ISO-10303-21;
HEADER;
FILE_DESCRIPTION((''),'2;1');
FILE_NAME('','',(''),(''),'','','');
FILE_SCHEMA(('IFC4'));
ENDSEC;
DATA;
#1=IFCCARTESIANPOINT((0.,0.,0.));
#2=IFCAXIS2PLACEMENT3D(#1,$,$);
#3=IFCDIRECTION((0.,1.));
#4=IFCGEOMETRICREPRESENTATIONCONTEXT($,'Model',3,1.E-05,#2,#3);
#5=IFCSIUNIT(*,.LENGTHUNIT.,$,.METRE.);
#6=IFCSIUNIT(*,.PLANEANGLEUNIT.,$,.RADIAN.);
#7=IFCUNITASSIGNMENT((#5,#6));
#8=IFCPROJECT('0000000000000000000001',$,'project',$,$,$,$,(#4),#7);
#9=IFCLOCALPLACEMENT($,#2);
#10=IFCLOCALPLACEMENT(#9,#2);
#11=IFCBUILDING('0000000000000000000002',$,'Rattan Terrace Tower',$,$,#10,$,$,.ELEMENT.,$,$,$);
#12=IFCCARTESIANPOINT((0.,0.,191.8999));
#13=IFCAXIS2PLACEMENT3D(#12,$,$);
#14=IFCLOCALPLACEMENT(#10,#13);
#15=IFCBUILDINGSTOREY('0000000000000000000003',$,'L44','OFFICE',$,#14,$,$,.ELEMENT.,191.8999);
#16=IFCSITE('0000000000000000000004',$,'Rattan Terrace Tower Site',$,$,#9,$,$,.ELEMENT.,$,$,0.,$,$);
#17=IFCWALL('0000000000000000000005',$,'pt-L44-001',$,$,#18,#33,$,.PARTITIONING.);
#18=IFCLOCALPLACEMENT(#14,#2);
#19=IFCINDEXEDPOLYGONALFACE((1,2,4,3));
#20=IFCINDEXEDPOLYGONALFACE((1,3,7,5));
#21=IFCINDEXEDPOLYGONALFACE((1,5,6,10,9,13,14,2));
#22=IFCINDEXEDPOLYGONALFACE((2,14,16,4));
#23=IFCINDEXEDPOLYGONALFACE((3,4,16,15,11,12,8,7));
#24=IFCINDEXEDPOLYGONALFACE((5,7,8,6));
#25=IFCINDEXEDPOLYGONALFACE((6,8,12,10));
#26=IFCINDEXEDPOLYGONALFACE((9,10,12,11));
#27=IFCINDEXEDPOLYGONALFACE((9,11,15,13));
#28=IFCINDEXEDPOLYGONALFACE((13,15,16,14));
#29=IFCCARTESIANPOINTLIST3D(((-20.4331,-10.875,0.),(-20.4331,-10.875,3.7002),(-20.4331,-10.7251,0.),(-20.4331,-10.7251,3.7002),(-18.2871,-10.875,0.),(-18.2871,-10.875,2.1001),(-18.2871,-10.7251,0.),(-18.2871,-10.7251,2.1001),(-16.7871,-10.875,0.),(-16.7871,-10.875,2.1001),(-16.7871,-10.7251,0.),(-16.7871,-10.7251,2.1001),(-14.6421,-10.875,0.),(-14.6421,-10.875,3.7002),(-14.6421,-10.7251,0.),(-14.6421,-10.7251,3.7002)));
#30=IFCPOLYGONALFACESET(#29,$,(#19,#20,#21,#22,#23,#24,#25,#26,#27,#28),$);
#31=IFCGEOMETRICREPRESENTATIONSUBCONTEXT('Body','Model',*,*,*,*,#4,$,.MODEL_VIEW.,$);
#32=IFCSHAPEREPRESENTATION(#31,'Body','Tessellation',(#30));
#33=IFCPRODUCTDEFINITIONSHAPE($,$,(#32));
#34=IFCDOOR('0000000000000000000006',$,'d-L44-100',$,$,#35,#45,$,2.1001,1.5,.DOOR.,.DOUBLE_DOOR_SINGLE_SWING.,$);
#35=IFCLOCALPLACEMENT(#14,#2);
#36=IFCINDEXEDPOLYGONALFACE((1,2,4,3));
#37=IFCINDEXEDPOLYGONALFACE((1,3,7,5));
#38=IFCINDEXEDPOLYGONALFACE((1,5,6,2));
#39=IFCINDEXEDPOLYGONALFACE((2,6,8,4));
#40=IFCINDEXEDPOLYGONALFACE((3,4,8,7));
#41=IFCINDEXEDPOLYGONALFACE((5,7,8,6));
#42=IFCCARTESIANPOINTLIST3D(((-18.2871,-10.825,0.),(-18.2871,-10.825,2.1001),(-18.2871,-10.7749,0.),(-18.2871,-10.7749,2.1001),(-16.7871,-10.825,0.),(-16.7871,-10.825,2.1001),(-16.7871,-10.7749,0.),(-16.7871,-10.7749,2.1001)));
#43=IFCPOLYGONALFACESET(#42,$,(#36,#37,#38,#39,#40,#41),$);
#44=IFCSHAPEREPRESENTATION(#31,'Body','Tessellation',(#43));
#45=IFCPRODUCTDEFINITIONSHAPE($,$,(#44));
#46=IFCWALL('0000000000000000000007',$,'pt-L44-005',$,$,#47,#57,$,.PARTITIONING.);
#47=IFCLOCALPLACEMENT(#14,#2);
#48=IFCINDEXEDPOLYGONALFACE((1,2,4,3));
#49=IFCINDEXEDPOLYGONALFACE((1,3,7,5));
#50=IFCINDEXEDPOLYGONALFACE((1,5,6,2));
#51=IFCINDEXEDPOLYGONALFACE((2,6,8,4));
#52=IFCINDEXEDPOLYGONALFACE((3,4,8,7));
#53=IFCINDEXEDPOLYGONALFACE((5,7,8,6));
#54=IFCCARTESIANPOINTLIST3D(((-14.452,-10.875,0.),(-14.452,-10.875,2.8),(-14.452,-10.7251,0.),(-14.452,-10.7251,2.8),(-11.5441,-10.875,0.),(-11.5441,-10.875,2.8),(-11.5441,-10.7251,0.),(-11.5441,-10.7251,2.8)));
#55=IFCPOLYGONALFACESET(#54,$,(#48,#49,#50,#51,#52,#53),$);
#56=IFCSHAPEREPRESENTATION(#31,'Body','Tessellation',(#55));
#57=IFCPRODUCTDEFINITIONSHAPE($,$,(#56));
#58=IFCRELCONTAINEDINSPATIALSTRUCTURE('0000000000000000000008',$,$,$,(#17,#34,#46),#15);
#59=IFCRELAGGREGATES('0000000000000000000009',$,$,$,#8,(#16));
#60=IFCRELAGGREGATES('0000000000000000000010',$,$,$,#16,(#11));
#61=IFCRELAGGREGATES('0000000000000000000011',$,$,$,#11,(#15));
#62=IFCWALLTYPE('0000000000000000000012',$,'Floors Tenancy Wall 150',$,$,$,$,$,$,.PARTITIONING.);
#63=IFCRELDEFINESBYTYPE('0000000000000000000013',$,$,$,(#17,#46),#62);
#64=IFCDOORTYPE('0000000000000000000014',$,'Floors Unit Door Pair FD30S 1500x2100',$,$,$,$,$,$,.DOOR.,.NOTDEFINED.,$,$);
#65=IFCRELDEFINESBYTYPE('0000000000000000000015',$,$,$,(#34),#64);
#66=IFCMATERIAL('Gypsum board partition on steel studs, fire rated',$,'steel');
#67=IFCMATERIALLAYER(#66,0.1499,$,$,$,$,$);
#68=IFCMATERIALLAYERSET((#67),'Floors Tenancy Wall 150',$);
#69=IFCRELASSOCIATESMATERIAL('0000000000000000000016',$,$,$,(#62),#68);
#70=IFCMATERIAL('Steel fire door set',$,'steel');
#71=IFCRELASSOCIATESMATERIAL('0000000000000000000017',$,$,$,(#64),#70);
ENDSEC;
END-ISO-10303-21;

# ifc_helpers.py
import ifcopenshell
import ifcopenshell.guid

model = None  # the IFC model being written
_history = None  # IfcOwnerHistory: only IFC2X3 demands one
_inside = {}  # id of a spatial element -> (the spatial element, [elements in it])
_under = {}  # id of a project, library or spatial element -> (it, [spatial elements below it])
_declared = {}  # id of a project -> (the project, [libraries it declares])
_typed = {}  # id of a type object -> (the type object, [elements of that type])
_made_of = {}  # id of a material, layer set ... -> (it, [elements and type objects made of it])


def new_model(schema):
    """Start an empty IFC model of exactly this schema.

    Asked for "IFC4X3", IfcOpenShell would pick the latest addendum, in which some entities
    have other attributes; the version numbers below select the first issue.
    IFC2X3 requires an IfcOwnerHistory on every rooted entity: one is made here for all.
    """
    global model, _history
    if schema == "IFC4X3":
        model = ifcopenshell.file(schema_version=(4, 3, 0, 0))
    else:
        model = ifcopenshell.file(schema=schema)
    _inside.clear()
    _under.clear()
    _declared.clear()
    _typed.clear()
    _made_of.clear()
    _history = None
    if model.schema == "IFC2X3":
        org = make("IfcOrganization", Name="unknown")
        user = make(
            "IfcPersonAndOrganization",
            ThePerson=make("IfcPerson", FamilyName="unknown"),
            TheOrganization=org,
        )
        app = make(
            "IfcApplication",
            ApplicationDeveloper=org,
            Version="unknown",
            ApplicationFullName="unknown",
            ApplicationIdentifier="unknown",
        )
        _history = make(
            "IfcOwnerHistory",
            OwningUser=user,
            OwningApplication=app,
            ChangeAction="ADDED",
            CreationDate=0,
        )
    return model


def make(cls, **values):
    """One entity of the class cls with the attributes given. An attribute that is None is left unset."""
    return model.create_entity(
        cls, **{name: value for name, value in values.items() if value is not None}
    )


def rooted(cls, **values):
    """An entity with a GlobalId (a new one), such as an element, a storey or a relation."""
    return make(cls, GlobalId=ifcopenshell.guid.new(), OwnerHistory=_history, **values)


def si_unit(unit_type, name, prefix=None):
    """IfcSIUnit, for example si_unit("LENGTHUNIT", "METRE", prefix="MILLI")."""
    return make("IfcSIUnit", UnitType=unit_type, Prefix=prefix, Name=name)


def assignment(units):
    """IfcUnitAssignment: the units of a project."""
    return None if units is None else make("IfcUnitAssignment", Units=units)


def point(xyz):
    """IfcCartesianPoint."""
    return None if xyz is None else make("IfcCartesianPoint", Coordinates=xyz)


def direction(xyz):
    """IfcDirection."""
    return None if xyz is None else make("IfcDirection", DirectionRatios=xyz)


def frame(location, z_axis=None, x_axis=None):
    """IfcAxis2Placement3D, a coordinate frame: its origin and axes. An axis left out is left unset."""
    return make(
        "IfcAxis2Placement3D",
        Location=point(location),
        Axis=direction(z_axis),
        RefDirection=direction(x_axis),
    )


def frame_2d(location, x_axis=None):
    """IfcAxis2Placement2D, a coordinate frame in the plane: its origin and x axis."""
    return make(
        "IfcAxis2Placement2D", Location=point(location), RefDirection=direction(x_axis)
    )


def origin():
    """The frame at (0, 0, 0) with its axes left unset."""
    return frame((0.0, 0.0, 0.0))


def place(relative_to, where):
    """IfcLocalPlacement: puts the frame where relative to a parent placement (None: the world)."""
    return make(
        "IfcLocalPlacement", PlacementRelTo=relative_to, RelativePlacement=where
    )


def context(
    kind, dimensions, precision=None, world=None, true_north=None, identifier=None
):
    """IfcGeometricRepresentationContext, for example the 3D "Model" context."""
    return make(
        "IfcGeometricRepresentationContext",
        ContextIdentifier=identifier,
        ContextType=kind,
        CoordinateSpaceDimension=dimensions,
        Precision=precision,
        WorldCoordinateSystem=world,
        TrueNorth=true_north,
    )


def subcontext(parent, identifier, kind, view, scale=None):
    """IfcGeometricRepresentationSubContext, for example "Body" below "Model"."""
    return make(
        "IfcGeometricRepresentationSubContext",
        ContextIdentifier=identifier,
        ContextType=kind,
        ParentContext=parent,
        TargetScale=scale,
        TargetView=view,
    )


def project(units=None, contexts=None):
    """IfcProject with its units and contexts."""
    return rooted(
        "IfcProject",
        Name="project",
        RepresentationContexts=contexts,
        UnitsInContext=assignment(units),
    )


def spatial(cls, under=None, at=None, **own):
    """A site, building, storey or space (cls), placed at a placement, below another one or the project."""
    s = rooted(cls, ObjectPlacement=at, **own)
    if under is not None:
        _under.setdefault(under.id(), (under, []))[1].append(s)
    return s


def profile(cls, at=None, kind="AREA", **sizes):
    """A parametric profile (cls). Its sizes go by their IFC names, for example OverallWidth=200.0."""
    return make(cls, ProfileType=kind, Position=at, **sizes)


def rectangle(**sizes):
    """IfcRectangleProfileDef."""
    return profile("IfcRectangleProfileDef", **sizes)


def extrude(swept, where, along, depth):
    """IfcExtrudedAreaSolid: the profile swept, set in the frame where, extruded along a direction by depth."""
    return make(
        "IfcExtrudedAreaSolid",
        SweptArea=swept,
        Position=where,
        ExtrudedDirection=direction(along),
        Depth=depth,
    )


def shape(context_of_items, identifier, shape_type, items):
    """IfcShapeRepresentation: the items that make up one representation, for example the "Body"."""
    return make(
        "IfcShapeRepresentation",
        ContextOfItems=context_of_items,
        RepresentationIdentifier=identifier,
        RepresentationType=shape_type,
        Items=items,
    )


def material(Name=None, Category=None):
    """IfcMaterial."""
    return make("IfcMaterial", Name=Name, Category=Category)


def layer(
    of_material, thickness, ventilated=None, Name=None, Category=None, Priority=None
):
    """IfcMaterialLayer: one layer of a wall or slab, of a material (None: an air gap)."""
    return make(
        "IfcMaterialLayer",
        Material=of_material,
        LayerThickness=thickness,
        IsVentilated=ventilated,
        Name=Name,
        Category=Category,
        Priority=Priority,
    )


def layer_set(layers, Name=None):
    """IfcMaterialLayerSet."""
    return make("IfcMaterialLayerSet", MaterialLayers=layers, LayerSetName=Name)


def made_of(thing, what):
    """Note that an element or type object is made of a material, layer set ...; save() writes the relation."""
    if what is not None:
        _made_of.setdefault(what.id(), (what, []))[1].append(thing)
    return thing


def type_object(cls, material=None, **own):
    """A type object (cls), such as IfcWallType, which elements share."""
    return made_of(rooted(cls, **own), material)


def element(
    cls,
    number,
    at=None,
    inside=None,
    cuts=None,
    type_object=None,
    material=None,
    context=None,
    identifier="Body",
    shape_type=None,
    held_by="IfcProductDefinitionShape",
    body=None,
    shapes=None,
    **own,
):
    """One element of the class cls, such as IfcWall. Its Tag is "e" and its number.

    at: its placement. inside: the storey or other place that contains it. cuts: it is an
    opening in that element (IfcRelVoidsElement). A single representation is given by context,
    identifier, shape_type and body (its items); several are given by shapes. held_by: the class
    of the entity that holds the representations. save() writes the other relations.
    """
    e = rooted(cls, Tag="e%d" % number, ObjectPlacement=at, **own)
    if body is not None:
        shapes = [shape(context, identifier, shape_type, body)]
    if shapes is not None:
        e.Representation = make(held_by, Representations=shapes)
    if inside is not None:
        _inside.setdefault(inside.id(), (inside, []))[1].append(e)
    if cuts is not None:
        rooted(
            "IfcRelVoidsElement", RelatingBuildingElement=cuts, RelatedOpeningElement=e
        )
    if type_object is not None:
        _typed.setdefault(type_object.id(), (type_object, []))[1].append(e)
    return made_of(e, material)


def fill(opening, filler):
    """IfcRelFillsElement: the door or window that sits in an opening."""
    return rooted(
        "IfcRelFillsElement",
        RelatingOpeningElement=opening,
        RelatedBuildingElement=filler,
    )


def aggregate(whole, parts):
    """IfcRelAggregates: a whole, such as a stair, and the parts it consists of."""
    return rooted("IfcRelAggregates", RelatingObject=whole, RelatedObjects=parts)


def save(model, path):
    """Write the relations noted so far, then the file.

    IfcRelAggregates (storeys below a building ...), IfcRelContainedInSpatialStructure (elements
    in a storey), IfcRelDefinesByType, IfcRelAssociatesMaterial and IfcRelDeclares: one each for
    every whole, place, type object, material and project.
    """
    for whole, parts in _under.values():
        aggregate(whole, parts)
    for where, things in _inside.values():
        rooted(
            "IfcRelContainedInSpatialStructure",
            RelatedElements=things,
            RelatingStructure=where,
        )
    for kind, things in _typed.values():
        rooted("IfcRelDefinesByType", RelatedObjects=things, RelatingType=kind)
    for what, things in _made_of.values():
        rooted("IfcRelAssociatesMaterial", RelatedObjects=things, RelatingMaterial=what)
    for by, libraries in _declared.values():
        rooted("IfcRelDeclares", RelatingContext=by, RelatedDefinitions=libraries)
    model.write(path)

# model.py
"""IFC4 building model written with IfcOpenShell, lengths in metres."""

from ifc_helpers import new_model, si_unit, direction, frame, frame_2d, origin, place, context, subcontext, project, spatial, rectangle, extrude, material, layer, layer_set, type_object, element, fill, save


model = new_model("IFC4")

# Units and contexts
model_context = context("Model", 3, precision=1e-05, world=origin(), true_north=direction((0.0, 1.0)))
body_context = subcontext(model_context, "Body", "Model", "MODEL_VIEW")
ifc_project = project(units=[si_unit("LENGTHUNIT", "METRE"), si_unit("PLANEANGLEUNIT", "RADIAN")], contexts=[model_context])

# Site, building, storey
site_placement = place(None, origin())
site = spatial("IfcSite", under=ifc_project, at=site_placement, Name="Rattan Terrace Tower Site", CompositionType="ELEMENT", RefElevation=0.0)
building_placement = place(site_placement, origin())
building = spatial("IfcBuilding", under=site, at=building_placement, Name="Rattan Terrace Tower", CompositionType="ELEMENT")
storey_placement = place(building_placement, frame((0.0, 0.0, 191.8999)))
storey = spatial("IfcBuildingStorey", under=building, at=storey_placement, Name="L44", Description="OFFICE", CompositionType="ELEMENT", Elevation=191.8999)

# Wall, opening, door
ifc_material_1 = material(Name="Gypsum board partition on steel studs, fire rated", Category="steel")
ifc_layer_1 = layer(ifc_material_1, 0.1499)
ifc_layer_set_1 = layer_set([ifc_layer_1], Name="Floors Tenancy Wall 150")
wall_type_1 = type_object("IfcWallType", Name="Floors Tenancy Wall 150", PredefinedType="PARTITIONING", material=ifc_layer_set_1)
wall_1_placement = place(storey_placement, frame((-14.6421, -10.8, 0.0), z_axis=(0.0, 0.0, 1.0), x_axis=(-1.0, 0.0, 0.0)))
wall_1 = element("IfcWall", 1, at=wall_1_placement, inside=storey, type_object=wall_type_1, Name="pt-L44-001", PredefinedType="PARTITIONING", context=body_context, shape_type="SweptSolid", body=[
    extrude(rectangle(XDim=5.791, YDim=0.1499, at=frame_2d((2.8955, 0.0))), origin(), (0.0, 0.0, 1.0), 3.7002),
])
opening_1_placement = place(wall_1_placement, frame((2.145, 0.0, 0.0)))
opening_1 = element("IfcOpeningElement", 2, at=opening_1_placement, cuts=wall_1, PredefinedType="OPENING", context=body_context, shape_type="SweptSolid", body=[
    extrude(rectangle(XDim=1.5, YDim=2.1001, at=frame_2d((0.75, 1.05))), frame((0.0, 0.0854, 0.0), z_axis=(0.0, -1.0, 0.0), x_axis=(1.0, 0.0, 0.0)), (0.0, 0.0, 1.0), 0.1709),
])
ifc_material_2 = material(Name="Steel fire door set", Category="steel")
door_type_1 = type_object("IfcDoorType", Name="Floors Unit Door Pair FD30S 1500x2100", OperationType="NOTDEFINED", PredefinedType="DOOR", material=ifc_material_2)
door_1_placement = place(opening_1_placement, origin())
door_1 = element("IfcDoor", 3, at=door_1_placement, inside=storey, type_object=door_type_1, Name="d-L44-100", OperationType="DOUBLE_DOOR_SINGLE_SWING", OverallHeight=2.1001, OverallWidth=1.5, PredefinedType="DOOR", context=body_context, shape_type="SweptSolid", body=[
    extrude(rectangle(XDim=1.5, YDim=2.1001, at=frame_2d((0.75, 1.05))), frame((0.0, 0.0249, 0.0), z_axis=(0.0, -1.0, 0.0), x_axis=(1.0, 0.0, 0.0)), (0.0, 0.0, 1.0), 0.05),
])
fill(opening_1, door_1)

# Wall
wall_2_placement = place(storey_placement, frame((-11.5439, -10.8, 0.0), z_axis=(0.0, 0.0, 1.0), x_axis=(-1.0, 0.0, 0.0)))
element("IfcWall", 4, at=wall_2_placement, inside=storey, type_object=wall_type_1, Name="pt-L44-005", PredefinedType="PARTITIONING", context=body_context, shape_type="SweptSolid", body=[
    extrude(rectangle(XDim=2.908, YDim=0.1499, at=frame_2d((1.4541, 0.0))), origin(), (0.0, 0.0, 1.0), 2.8),
])

save(model, "model.ifc")
